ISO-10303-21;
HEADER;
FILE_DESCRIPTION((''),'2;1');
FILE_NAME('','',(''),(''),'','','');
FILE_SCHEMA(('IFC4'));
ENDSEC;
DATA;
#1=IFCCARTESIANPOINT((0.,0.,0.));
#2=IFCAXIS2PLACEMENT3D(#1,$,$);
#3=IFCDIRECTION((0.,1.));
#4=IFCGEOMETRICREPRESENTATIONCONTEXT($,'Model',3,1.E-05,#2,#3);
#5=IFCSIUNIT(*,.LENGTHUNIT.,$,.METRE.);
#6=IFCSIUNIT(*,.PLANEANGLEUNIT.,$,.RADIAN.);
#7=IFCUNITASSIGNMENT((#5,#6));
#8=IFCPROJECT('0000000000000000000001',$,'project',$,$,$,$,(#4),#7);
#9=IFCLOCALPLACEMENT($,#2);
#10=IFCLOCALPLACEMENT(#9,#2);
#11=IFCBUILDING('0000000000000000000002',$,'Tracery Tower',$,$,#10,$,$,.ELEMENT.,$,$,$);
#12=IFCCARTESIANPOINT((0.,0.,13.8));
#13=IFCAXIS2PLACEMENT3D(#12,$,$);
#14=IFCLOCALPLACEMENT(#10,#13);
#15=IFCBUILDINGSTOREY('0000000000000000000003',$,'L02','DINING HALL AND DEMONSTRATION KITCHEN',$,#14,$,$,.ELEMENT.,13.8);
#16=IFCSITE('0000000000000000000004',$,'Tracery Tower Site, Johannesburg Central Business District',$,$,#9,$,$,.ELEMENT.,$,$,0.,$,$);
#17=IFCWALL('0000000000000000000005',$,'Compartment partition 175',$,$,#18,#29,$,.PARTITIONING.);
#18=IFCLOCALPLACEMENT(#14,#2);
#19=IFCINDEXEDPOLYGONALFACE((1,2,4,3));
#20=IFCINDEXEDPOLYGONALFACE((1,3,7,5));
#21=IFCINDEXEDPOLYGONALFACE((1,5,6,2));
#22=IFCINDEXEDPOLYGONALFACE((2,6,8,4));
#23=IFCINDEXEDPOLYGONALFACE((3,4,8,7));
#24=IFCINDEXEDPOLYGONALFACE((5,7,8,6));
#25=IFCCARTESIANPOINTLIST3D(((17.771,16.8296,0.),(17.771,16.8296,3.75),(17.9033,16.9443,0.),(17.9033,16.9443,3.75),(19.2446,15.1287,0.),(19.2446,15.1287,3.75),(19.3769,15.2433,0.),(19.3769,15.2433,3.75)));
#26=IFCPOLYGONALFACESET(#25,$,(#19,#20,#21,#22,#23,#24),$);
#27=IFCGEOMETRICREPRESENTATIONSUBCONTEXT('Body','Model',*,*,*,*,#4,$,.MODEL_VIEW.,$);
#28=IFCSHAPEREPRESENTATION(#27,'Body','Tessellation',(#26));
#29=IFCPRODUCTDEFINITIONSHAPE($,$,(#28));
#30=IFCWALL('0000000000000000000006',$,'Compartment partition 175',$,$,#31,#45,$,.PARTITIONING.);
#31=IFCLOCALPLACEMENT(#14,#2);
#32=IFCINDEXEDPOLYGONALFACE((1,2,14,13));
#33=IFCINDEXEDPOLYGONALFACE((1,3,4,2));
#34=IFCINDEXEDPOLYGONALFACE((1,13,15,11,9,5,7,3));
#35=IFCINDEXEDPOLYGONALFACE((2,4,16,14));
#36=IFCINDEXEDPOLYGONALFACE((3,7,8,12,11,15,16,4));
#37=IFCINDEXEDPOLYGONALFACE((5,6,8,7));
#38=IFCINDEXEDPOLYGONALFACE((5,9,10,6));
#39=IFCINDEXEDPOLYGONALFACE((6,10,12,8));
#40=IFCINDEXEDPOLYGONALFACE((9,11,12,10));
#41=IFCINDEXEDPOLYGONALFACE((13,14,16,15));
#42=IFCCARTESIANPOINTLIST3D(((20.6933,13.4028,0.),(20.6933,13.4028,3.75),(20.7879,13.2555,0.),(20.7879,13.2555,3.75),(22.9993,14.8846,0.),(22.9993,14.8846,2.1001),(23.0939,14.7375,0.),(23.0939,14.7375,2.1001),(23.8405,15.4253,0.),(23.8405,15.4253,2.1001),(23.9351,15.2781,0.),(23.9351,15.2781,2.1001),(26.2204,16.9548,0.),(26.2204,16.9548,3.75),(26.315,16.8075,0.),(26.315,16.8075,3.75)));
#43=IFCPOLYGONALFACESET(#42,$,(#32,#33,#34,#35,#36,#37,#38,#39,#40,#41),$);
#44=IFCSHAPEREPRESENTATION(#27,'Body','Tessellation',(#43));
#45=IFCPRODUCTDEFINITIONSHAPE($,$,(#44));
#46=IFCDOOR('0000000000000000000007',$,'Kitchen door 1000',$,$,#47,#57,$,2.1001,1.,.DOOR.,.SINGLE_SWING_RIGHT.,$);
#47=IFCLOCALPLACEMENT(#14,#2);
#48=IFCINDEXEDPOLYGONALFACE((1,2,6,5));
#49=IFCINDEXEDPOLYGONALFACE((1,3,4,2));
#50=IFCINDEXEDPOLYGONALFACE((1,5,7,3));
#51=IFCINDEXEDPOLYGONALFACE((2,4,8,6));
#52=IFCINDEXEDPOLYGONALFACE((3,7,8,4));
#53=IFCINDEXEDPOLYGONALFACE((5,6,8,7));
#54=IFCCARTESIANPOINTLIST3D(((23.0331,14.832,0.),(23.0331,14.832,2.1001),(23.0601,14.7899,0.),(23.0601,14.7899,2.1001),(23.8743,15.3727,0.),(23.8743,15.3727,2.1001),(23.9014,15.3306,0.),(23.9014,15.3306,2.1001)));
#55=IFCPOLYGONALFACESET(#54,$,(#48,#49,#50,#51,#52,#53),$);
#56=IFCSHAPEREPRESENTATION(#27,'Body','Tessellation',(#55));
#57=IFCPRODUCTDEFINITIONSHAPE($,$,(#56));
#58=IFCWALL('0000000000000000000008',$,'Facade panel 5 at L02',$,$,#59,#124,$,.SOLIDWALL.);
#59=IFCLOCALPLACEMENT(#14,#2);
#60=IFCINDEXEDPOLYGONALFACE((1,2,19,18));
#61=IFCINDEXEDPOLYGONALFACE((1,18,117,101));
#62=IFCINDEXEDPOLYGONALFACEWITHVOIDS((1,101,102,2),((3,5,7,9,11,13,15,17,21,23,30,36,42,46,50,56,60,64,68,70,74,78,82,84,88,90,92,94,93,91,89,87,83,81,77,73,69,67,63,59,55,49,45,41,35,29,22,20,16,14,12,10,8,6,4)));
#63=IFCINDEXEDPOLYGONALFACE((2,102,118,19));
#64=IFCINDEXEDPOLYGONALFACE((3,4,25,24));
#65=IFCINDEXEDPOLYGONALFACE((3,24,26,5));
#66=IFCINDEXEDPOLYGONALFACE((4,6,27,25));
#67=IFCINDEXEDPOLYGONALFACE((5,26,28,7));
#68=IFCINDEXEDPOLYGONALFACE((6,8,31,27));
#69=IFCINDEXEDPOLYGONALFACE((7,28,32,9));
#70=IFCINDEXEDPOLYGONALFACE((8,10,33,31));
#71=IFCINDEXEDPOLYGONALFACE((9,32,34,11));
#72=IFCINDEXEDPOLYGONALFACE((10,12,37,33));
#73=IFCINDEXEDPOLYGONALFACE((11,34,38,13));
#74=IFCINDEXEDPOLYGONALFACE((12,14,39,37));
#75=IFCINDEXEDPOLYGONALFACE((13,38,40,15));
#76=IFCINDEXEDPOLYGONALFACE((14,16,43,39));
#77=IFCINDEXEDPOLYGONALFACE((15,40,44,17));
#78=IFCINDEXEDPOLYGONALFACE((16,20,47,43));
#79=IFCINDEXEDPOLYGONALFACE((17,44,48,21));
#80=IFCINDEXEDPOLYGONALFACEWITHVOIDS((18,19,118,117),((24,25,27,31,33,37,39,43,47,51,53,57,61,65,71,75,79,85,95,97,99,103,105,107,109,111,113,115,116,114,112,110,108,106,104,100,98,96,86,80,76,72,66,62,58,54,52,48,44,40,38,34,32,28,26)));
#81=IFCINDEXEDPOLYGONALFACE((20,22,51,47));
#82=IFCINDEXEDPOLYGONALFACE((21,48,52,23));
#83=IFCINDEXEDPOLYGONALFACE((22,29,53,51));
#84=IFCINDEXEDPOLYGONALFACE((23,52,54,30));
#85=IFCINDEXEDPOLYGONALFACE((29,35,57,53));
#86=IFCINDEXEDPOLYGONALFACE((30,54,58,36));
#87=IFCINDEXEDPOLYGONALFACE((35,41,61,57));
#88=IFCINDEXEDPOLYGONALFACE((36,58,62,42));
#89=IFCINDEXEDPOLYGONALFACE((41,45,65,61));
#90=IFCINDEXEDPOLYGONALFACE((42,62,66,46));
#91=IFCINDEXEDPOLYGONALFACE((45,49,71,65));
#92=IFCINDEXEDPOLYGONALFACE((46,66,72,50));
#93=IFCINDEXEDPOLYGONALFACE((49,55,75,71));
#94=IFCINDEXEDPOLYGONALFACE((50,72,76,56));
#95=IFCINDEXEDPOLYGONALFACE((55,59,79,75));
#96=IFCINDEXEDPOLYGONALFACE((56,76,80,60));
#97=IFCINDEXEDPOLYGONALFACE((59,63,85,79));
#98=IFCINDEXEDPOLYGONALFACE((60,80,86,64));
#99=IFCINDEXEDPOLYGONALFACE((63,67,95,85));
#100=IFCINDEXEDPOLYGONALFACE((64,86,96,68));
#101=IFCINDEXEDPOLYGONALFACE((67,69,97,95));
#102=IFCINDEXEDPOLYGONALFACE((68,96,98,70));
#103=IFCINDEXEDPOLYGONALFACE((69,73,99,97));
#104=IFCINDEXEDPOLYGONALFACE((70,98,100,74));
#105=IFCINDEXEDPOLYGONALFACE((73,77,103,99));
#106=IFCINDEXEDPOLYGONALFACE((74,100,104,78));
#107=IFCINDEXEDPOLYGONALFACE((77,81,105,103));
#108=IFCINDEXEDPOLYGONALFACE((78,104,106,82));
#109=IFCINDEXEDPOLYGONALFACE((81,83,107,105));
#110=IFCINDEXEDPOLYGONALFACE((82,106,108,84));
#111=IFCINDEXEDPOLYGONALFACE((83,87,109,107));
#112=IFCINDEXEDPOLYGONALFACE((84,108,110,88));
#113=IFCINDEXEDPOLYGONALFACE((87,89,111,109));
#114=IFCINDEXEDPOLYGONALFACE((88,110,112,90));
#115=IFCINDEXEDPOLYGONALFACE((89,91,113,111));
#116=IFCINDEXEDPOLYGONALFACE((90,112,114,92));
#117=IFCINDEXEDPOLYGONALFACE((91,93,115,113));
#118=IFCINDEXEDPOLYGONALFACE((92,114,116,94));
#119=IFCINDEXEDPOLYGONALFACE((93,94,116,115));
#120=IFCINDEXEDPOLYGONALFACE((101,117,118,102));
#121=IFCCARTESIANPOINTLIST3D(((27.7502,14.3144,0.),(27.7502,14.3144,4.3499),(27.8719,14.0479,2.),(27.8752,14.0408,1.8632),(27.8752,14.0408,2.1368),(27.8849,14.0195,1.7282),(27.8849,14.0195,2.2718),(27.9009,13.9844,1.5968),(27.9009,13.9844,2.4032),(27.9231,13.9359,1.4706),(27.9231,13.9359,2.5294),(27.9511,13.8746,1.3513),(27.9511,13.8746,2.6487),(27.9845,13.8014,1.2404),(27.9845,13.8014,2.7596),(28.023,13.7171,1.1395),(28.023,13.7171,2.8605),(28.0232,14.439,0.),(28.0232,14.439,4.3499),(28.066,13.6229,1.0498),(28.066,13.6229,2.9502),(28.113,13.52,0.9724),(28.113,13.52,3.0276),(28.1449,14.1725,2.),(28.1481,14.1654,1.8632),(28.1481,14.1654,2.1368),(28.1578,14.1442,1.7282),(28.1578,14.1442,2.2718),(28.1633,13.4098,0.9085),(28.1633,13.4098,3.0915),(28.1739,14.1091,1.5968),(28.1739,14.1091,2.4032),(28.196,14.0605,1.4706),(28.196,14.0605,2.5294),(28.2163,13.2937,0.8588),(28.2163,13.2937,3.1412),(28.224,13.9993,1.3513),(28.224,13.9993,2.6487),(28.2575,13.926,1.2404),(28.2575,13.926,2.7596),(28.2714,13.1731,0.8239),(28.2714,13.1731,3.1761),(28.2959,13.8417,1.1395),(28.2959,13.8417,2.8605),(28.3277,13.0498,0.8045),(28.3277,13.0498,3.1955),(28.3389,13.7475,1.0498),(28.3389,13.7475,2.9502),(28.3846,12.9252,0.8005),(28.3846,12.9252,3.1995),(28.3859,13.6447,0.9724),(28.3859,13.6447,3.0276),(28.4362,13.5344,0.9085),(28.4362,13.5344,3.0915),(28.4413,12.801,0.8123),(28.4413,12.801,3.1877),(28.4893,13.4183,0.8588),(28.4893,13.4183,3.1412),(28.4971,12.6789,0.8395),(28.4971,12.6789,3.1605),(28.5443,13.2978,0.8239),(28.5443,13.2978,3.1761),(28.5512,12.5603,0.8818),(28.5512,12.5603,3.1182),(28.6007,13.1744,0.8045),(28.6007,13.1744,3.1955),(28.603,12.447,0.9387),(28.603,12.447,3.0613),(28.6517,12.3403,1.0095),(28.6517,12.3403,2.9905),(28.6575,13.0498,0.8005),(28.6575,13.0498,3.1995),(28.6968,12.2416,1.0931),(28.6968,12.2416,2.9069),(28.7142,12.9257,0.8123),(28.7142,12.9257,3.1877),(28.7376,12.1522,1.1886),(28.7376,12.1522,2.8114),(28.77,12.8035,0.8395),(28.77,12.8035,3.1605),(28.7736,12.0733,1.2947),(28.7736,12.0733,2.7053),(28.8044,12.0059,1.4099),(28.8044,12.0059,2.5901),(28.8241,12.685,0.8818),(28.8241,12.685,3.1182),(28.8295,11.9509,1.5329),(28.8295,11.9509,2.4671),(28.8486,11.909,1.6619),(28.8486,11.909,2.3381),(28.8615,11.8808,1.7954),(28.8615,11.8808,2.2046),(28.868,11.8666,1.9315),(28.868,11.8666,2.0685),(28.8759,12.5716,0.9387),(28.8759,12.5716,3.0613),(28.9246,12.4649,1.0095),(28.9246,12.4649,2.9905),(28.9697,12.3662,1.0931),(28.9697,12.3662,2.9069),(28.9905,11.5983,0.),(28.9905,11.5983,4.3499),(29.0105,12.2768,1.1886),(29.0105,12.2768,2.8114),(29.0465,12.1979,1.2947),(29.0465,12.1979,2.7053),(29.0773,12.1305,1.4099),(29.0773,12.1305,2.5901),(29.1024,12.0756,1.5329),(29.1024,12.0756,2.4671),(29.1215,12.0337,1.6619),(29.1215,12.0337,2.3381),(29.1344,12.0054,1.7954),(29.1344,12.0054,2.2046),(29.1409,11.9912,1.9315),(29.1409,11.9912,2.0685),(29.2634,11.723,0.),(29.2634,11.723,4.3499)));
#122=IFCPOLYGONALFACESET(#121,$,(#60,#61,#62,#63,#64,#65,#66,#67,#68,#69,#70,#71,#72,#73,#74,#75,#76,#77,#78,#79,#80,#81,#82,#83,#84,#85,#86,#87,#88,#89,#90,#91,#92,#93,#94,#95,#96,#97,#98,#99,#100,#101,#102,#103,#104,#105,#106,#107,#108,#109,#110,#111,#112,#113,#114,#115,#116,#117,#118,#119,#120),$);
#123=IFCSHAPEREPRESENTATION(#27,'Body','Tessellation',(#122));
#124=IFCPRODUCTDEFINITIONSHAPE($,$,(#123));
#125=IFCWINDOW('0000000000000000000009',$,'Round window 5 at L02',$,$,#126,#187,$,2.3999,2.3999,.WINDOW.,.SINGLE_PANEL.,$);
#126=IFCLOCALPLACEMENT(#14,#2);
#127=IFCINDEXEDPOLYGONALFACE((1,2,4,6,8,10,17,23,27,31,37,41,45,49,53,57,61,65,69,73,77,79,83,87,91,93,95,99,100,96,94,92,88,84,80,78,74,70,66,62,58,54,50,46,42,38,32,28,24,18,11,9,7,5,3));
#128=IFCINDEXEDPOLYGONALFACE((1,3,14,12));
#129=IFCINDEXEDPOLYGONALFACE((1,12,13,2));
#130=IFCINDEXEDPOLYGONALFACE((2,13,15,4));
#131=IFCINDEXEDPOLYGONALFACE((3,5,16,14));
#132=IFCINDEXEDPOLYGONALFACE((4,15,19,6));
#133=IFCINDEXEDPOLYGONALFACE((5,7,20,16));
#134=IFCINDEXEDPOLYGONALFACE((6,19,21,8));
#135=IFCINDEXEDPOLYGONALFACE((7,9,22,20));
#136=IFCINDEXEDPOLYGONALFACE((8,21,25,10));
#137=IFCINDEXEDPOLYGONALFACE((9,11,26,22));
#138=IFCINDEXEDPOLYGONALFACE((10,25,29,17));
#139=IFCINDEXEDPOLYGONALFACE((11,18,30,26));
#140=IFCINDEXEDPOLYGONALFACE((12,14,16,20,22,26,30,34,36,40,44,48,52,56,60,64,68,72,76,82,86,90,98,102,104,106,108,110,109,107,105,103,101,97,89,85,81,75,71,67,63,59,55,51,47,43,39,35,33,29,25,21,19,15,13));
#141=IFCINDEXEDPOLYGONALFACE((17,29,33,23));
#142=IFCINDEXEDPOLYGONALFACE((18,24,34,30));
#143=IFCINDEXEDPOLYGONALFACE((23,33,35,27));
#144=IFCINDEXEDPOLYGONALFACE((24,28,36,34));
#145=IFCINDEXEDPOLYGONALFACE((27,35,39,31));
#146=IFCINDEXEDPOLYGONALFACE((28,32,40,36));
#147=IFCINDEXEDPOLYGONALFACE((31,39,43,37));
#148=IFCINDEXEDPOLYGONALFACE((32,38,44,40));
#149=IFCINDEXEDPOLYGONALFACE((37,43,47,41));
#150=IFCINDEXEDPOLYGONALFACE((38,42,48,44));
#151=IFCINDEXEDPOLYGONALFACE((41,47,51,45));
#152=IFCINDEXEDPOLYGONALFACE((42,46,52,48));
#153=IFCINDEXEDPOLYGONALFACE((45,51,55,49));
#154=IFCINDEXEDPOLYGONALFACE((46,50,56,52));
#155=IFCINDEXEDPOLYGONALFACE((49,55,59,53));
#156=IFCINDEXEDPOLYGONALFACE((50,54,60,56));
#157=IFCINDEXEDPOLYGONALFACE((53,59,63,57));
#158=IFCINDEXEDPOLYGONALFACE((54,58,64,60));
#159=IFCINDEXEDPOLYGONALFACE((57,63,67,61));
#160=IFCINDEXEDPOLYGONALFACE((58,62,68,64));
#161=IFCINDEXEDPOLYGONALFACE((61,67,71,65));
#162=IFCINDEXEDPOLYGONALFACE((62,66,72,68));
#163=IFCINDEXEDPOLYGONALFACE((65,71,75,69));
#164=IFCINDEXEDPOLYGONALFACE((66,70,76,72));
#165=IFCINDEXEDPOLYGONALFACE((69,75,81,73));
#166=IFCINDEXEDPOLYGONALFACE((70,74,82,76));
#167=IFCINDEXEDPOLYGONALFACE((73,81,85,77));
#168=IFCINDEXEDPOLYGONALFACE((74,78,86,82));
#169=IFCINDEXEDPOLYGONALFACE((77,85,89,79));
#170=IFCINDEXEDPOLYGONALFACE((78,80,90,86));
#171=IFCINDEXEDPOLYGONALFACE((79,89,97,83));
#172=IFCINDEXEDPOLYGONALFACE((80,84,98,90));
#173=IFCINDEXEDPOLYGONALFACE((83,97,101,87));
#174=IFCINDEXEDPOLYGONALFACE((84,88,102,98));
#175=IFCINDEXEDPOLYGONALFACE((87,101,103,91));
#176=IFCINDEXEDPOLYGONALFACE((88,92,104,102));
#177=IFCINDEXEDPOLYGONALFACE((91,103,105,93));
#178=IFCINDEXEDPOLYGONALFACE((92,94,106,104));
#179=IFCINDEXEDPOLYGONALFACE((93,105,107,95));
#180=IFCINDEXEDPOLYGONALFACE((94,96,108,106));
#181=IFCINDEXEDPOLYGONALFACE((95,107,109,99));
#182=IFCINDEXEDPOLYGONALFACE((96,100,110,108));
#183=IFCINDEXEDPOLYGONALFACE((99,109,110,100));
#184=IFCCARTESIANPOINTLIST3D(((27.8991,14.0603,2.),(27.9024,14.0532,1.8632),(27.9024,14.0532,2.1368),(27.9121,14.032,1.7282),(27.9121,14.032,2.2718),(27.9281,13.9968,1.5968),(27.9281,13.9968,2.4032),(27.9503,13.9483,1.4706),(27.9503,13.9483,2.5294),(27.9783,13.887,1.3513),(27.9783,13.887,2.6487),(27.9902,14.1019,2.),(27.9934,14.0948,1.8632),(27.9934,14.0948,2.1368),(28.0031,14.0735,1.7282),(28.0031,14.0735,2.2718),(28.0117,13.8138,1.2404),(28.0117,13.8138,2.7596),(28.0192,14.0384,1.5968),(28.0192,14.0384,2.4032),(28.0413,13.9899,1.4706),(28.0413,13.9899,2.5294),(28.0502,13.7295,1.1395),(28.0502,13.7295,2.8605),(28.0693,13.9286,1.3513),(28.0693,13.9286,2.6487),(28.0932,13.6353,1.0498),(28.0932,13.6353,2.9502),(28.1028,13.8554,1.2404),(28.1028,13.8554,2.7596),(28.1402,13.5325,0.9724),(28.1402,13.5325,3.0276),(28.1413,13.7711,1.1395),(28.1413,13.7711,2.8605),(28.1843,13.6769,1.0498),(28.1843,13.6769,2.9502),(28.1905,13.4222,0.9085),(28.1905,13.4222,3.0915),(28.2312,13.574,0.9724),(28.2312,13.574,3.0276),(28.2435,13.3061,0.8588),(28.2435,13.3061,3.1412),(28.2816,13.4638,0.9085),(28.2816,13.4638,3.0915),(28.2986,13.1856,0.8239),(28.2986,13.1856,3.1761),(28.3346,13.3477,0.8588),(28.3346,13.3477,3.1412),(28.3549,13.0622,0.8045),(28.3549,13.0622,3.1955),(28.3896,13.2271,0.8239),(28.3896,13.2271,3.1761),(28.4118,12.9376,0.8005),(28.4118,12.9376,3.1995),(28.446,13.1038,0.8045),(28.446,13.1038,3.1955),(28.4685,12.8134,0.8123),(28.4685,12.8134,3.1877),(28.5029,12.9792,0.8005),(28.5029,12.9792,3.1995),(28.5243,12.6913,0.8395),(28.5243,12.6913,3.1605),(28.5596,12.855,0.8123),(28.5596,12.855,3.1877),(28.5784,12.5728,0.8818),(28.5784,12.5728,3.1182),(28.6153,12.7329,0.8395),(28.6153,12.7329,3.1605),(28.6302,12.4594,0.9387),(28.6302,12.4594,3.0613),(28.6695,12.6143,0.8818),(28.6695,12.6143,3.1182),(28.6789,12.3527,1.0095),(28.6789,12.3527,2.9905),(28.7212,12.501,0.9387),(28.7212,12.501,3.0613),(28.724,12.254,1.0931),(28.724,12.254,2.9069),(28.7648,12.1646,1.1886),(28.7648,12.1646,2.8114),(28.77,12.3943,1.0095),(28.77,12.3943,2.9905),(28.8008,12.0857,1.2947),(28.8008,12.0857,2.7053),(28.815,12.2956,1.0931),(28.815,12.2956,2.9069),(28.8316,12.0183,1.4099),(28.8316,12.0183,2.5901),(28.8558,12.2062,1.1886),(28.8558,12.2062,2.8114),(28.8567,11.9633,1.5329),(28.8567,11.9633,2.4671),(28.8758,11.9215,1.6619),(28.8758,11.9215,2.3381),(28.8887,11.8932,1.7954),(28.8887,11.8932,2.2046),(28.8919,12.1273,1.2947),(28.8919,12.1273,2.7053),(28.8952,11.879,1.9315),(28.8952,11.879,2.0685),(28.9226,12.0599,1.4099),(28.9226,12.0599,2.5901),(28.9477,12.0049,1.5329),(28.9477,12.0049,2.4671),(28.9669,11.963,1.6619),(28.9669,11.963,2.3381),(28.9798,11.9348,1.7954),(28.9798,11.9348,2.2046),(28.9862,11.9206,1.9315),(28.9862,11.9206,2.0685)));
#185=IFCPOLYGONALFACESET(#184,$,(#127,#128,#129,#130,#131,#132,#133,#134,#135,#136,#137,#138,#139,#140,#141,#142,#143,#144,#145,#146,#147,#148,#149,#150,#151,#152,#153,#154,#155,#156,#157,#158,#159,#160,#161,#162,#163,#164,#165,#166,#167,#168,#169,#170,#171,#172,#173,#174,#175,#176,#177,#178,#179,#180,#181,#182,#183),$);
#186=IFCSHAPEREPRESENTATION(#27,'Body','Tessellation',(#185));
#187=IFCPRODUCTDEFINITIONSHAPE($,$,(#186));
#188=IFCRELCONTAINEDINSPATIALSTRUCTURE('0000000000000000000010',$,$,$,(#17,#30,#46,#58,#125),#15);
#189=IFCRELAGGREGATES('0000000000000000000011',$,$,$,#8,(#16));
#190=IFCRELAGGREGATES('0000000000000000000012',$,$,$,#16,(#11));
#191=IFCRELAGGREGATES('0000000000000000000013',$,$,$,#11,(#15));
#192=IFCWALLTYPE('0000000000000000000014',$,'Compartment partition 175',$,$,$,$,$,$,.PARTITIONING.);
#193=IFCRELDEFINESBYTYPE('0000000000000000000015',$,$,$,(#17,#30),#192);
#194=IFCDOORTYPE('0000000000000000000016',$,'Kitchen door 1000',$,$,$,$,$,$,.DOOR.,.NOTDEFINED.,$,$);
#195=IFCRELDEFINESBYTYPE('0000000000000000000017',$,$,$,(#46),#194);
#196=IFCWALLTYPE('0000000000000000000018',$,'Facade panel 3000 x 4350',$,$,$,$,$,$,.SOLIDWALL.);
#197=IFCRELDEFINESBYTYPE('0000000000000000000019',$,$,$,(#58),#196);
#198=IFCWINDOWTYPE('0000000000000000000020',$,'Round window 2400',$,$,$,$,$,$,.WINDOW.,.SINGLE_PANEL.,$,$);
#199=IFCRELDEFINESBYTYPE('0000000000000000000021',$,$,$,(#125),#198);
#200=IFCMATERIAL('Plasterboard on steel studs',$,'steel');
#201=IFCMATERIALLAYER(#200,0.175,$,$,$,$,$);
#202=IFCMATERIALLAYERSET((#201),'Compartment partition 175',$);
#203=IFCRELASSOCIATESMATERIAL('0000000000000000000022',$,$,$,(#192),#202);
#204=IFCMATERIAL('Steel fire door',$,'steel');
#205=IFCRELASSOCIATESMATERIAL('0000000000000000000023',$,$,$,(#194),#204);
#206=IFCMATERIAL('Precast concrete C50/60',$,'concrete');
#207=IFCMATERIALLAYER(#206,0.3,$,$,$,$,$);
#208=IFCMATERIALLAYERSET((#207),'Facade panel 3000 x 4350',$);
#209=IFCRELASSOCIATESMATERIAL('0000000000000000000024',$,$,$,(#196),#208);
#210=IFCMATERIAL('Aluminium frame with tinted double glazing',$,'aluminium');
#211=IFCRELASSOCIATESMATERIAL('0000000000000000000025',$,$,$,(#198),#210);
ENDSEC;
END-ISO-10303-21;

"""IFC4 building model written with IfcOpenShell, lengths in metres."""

from ifc_helpers import new_model, si_unit, direction, frame, frame_2d, origin, origin_2d, place, context, subcontext, project, spatial, rectangle, circle, extrude, material, layer, layer_set, type_object, element, fill, save


model = new_model("IFC4")

# Units and contexts
model_context = context("Model", 3, precision=1e-05, world=origin(), true_north=direction((0.0, 1.0)))
body_context = subcontext(model_context, "Body", "Model", "MODEL_VIEW")
ifc_project = project(units=[si_unit("LENGTHUNIT", "METRE"), si_unit("PLANEANGLEUNIT", "RADIAN")], contexts=[model_context])

# Site, building, storey
site_placement = place(None, origin())
site = spatial("IfcSite", under=ifc_project, at=site_placement, Name="Tracery Tower Site, Johannesburg Central Business District", CompositionType="ELEMENT", RefElevation=0.0)
building_placement = place(site_placement, origin())
building = spatial("IfcBuilding", under=site, at=building_placement, Name="Tracery Tower", CompositionType="ELEMENT")
storey_placement = place(building_placement, frame((0.0, 0.0, 13.8)))
storey = spatial("IfcBuildingStorey", under=building, at=storey_placement, Name="L02", Description="DINING HALL AND DEMONSTRATION KITCHEN", CompositionType="ELEMENT", Elevation=13.8)

# Wall
ifc_material_1 = material(Name="Plasterboard on steel studs", Category="steel")
ifc_layer_1 = layer(ifc_material_1, 0.175)
ifc_layer_set_1 = layer_set([ifc_layer_1], Name="Compartment partition 175")
wall_type_1 = type_object("IfcWallType", Name="Compartment partition 175", PredefinedType="PARTITIONING", material=ifc_layer_set_1)
wall_1_placement = place(storey_placement, frame((19.3108, 15.186, 0.0), z_axis=(0.0, 0.0, 1.0), x_axis=(-0.654802, 0.7558, 0.0)))
element("IfcWall", 1, at=wall_1_placement, inside=storey, type_object=wall_type_1, Name="Compartment partition 175", PredefinedType="PARTITIONING", context=body_context, shape_type="SweptSolid", body=[
    extrude(rectangle(XDim=2.2505, YDim=0.175, at=frame_2d((1.1252, 0.0))), origin(), (0.0, 0.0, 1.0), 3.75),
])

# Wall, opening, door
ifc_material_2 = material(Name="Steel fire door", Category="steel")
door_type = type_object("IfcDoorType", Name="Kitchen door 1000", OperationType="NOTDEFINED", PredefinedType="DOOR", material=ifc_material_2)
wall_2_placement = place(storey_placement, frame((20.7405, 13.3291, 0.0), z_axis=(0.0, 0.0, 1.0), x_axis=(0.841257, 0.540636, 0.0)))
wall_2 = element("IfcWall", 2, at=wall_2_placement, inside=storey, type_object=wall_type_1, Name="Compartment partition 175", PredefinedType="PARTITIONING", context=body_context, shape_type="SweptSolid", body=[
    extrude(rectangle(XDim=6.5701, YDim=0.175, at=frame_2d((3.2852, 0.0))), origin(), (0.0, 0.0, 1.0), 3.75),
])
opening_1_placement = place(wall_2_placement, frame((2.7412, 0.0, 0.0)))
opening_1 = element("IfcOpeningElement", 3, at=opening_1_placement, cuts=wall_2, PredefinedType="OPENING", context=body_context, shape_type="SweptSolid", body=[
    extrude(rectangle(XDim=1.0, YDim=2.1001, at=frame_2d((0.5, 1.05))), frame((0.0, 0.0874, 0.0), z_axis=(0.0, -1.0, 0.0), x_axis=(1.0, 0.0, 0.0)), (0.0, 0.0, 1.0), 0.175),
])
door_1_placement = place(opening_1_placement, origin())
door_1 = element("IfcDoor", 4, at=door_1_placement, inside=storey, type_object=door_type, Name="Kitchen door 1000", OperationType="SINGLE_SWING_RIGHT", OverallHeight=2.1001, OverallWidth=1.0, PredefinedType="DOOR", context=body_context, shape_type="SweptSolid", body=[
    extrude(rectangle(XDim=1.0, YDim=2.1001, at=frame_2d((0.5, 1.05))), frame((0.0, 0.0249, 0.0), z_axis=(0.0, -1.0, 0.0), x_axis=(1.0, 0.0, 0.0)), (0.0, 0.0, 1.0), 0.05),
])
fill(opening_1, door_1)

# Wall, opening, window
ifc_material_3 = material(Name="Precast concrete C50/60", Category="concrete")
ifc_layer_2 = layer(ifc_material_3, 0.3)
ifc_layer_set_2 = layer_set([ifc_layer_2], Name="Facade panel 3000 x 4350")
wall_type_2 = type_object("IfcWallType", Name="Facade panel 3000 x 4350", PredefinedType="SOLIDWALL", material=ifc_layer_set_2)
wall_3_placement = place(storey_placement, frame((29.127, 11.6606, 0.0), z_axis=(0.0, 0.0, 1.0), x_axis=(-0.415373, 0.909651, 0.0)))
wall_3 = element("IfcWall", 5, at=wall_3_placement, inside=storey, type_object=wall_type_2, Name="Facade panel 5 at L02", PredefinedType="SOLIDWALL", context=body_context, shape_type="SweptSolid", body=[
    extrude(rectangle(XDim=2.9858, YDim=0.3, at=frame_2d((1.4929, 0.0))), origin(), (0.0, 0.0, 1.0), 4.3499),
])
opening_2_placement = place(wall_3_placement, frame((1.4929, 0.0, 2.0)))
opening_2 = element("IfcOpeningElement", 6, at=opening_2_placement, cuts=wall_3, PredefinedType="OPENING", context=body_context, shape_type="SweptSolid", body=[
    extrude(circle(Radius=1.2, at=origin_2d()), frame((0.0, 0.1599, 0.0), z_axis=(0.0, -1.0, 0.0), x_axis=(1.0, 0.0, 0.0)), (0.0, 0.0, 1.0), 0.3201),
])
ifc_material_4 = material(Name="Aluminium frame with tinted double glazing", Category="aluminium")
window_type = type_object("IfcWindowType", Name="Round window 2400", PartitioningType="SINGLE_PANEL", PredefinedType="WINDOW", material=ifc_material_4)
window_1_placement = place(opening_2_placement, origin())
window_1 = element("IfcWindow", 7, at=window_1_placement, inside=storey, type_object=window_type, Name="Round window 5 at L02", OverallHeight=2.3999, OverallWidth=2.3999, PartitioningType="SINGLE_PANEL", PredefinedType="WINDOW", context=body_context, shape_type="SweptSolid", body=[
    extrude(circle(Radius=1.2, at=origin_2d()), frame((0.0, 0.1201, 0.0), z_axis=(0.0, -1.0, 0.0), x_axis=(1.0, 0.0, 0.0)), (0.0, 0.0, 1.0), 0.1001),
])
fill(opening_2, window_1)

save(model, "model.ifc")
